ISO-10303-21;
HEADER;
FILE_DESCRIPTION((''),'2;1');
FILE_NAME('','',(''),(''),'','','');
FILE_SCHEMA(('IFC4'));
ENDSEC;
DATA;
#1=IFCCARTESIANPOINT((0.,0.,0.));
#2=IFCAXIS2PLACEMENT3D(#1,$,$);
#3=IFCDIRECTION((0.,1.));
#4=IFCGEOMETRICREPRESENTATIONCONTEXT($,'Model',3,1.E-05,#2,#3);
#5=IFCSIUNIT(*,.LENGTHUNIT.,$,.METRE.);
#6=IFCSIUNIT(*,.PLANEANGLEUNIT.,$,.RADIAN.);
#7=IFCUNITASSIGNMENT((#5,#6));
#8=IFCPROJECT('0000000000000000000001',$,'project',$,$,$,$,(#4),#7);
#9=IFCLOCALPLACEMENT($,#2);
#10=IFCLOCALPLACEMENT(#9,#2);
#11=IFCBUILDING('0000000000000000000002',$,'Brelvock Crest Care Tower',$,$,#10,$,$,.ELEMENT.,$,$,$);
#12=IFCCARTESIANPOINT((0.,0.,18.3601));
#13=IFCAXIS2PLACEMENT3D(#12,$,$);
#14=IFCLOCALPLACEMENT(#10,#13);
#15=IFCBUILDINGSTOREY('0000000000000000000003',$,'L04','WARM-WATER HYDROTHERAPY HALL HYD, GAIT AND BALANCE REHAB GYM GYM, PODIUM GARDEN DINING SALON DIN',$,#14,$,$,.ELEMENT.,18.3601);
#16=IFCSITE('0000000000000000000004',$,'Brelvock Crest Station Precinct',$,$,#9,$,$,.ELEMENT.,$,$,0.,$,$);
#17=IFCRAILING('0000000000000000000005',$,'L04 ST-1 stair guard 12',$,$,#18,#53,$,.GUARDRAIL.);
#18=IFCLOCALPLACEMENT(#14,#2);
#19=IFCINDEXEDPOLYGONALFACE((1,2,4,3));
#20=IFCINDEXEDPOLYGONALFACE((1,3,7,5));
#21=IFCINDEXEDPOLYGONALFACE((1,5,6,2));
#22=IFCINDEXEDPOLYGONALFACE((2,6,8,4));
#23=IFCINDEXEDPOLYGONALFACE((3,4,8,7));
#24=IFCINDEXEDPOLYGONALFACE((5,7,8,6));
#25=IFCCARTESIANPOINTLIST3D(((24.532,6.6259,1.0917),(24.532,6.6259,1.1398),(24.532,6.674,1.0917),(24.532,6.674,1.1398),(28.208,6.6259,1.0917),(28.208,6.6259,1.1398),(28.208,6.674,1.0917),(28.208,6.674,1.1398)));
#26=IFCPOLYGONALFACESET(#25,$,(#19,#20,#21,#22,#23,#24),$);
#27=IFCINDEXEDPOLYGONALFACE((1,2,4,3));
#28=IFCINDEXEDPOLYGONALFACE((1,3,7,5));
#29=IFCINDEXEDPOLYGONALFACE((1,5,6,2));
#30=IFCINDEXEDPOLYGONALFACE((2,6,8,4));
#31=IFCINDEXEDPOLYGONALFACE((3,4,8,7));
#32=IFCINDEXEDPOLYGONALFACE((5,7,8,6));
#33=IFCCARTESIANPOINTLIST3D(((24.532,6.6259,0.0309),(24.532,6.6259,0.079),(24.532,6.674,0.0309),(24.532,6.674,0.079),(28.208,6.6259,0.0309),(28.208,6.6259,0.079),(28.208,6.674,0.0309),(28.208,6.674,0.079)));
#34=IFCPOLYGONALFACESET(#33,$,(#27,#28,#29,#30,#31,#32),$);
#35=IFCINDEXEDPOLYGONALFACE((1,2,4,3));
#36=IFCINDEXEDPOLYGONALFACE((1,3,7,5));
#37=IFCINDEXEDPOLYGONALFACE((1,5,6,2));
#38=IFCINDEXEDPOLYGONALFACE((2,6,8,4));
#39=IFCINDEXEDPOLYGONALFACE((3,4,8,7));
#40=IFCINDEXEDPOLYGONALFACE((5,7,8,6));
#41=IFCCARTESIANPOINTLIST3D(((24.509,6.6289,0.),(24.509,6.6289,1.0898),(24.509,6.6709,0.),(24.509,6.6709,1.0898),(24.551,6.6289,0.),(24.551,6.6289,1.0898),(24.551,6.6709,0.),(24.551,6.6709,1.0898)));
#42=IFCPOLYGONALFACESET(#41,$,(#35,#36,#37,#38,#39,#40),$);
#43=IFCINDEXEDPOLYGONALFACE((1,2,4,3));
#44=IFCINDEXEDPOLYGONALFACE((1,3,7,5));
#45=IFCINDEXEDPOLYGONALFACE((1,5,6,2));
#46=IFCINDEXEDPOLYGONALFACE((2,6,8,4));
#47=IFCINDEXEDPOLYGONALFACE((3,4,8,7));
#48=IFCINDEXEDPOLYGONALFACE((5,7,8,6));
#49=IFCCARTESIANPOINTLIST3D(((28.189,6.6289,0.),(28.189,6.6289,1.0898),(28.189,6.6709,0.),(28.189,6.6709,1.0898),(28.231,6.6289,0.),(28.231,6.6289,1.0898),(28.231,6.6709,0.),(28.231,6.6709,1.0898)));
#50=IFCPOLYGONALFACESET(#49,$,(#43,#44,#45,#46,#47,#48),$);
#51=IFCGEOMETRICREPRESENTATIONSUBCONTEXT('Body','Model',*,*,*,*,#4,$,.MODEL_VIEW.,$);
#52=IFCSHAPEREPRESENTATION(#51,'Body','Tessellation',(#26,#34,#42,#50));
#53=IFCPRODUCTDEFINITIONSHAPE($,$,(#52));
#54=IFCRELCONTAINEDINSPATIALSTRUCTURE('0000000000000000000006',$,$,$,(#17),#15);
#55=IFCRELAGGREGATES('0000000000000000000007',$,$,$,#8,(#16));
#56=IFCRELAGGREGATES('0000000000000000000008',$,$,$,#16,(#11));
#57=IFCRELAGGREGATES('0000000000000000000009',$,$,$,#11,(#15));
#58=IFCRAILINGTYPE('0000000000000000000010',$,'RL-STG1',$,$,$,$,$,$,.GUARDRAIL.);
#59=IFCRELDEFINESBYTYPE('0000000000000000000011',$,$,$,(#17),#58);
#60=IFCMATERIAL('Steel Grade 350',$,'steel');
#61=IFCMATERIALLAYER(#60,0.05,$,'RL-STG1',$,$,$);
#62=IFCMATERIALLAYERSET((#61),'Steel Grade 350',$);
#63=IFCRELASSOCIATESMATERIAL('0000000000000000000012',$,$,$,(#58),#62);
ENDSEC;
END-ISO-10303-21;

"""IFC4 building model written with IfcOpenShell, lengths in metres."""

from ifc_helpers import new_model, si_unit, direction, frame, origin, origin_2d, place, context, subcontext, project, spatial, rectangle, extrude, material, layer, layer_set, type_object, element, save


model = new_model("IFC4")

# Units and contexts
model_context = context("Model", 3, precision=1e-05, world=origin(), true_north=direction((0.0, 1.0)))
body_context = subcontext(model_context, "Body", "Model", "MODEL_VIEW")
ifc_project = project(units=[si_unit("LENGTHUNIT", "METRE"), si_unit("PLANEANGLEUNIT", "RADIAN")], contexts=[model_context])

# Site, building, storey
site_placement = place(None, origin())
site = spatial("IfcSite", under=ifc_project, at=site_placement, Name="Brelvock Crest Station Precinct", CompositionType="ELEMENT", RefElevation=0.0)
building_placement = place(site_placement, origin())
building = spatial("IfcBuilding", under=site, at=building_placement, Name="Brelvock Crest Care Tower", CompositionType="ELEMENT")
storey_placement = place(building_placement, frame((0.0, 0.0, 18.3601)))
storey = spatial("IfcBuildingStorey", under=building, at=storey_placement, Name="L04", Description="WARM-WATER HYDROTHERAPY HALL HYD, GAIT AND BALANCE REHAB GYM GYM, PODIUM GARDEN DINING SALON DIN", CompositionType="ELEMENT", Elevation=18.3601)

# Shared definitions
ifc_material_1 = material(Name="Steel Grade 350", Category="steel")

# Railing
ifc_layer_1 = layer(ifc_material_1, 0.05, Name="RL-STG1")
ifc_layer_set_1 = layer_set([ifc_layer_1], Name="Steel Grade 350")
railing_type = type_object("IfcRailingType", Name="RL-STG1", PredefinedType="GUARDRAIL", material=ifc_layer_set_1)
railing_1_placement = place(storey_placement, frame((24.53, 6.6499, 0.0)))
element("IfcRailing", 1, at=railing_1_placement, inside=storey, type_object=railing_type, Name="L04 ST-1 stair guard 12", PredefinedType="GUARDRAIL", context=body_context, shape_type="SweptSolid", body=[
    extrude(rectangle(XDim=0.0481, YDim=0.0481, at=origin_2d()), frame((0.002, 0.0, 1.1157), z_axis=(1.0, 0.0, 0.0), x_axis=(0.0, 1.0, 0.0)), (0.0, 0.0, 1.0), 3.676),
    extrude(rectangle(XDim=0.0481, YDim=0.0481, at=origin_2d()), frame((0.002, 0.0, 0.0549), z_axis=(1.0, 0.0, 0.0), x_axis=(0.0, 1.0, 0.0)), (0.0, 0.0, 1.0), 3.676),
    extrude(rectangle(XDim=0.042, YDim=0.042, at=origin_2d()), origin(), (0.0, 0.0, 1.0), 1.0898),
    extrude(rectangle(XDim=0.042, YDim=0.042, at=origin_2d()), frame((3.6799, 0.0, 0.0)), (0.0, 0.0, 1.0), 1.0898),
])

save(model, "model.ifc")
